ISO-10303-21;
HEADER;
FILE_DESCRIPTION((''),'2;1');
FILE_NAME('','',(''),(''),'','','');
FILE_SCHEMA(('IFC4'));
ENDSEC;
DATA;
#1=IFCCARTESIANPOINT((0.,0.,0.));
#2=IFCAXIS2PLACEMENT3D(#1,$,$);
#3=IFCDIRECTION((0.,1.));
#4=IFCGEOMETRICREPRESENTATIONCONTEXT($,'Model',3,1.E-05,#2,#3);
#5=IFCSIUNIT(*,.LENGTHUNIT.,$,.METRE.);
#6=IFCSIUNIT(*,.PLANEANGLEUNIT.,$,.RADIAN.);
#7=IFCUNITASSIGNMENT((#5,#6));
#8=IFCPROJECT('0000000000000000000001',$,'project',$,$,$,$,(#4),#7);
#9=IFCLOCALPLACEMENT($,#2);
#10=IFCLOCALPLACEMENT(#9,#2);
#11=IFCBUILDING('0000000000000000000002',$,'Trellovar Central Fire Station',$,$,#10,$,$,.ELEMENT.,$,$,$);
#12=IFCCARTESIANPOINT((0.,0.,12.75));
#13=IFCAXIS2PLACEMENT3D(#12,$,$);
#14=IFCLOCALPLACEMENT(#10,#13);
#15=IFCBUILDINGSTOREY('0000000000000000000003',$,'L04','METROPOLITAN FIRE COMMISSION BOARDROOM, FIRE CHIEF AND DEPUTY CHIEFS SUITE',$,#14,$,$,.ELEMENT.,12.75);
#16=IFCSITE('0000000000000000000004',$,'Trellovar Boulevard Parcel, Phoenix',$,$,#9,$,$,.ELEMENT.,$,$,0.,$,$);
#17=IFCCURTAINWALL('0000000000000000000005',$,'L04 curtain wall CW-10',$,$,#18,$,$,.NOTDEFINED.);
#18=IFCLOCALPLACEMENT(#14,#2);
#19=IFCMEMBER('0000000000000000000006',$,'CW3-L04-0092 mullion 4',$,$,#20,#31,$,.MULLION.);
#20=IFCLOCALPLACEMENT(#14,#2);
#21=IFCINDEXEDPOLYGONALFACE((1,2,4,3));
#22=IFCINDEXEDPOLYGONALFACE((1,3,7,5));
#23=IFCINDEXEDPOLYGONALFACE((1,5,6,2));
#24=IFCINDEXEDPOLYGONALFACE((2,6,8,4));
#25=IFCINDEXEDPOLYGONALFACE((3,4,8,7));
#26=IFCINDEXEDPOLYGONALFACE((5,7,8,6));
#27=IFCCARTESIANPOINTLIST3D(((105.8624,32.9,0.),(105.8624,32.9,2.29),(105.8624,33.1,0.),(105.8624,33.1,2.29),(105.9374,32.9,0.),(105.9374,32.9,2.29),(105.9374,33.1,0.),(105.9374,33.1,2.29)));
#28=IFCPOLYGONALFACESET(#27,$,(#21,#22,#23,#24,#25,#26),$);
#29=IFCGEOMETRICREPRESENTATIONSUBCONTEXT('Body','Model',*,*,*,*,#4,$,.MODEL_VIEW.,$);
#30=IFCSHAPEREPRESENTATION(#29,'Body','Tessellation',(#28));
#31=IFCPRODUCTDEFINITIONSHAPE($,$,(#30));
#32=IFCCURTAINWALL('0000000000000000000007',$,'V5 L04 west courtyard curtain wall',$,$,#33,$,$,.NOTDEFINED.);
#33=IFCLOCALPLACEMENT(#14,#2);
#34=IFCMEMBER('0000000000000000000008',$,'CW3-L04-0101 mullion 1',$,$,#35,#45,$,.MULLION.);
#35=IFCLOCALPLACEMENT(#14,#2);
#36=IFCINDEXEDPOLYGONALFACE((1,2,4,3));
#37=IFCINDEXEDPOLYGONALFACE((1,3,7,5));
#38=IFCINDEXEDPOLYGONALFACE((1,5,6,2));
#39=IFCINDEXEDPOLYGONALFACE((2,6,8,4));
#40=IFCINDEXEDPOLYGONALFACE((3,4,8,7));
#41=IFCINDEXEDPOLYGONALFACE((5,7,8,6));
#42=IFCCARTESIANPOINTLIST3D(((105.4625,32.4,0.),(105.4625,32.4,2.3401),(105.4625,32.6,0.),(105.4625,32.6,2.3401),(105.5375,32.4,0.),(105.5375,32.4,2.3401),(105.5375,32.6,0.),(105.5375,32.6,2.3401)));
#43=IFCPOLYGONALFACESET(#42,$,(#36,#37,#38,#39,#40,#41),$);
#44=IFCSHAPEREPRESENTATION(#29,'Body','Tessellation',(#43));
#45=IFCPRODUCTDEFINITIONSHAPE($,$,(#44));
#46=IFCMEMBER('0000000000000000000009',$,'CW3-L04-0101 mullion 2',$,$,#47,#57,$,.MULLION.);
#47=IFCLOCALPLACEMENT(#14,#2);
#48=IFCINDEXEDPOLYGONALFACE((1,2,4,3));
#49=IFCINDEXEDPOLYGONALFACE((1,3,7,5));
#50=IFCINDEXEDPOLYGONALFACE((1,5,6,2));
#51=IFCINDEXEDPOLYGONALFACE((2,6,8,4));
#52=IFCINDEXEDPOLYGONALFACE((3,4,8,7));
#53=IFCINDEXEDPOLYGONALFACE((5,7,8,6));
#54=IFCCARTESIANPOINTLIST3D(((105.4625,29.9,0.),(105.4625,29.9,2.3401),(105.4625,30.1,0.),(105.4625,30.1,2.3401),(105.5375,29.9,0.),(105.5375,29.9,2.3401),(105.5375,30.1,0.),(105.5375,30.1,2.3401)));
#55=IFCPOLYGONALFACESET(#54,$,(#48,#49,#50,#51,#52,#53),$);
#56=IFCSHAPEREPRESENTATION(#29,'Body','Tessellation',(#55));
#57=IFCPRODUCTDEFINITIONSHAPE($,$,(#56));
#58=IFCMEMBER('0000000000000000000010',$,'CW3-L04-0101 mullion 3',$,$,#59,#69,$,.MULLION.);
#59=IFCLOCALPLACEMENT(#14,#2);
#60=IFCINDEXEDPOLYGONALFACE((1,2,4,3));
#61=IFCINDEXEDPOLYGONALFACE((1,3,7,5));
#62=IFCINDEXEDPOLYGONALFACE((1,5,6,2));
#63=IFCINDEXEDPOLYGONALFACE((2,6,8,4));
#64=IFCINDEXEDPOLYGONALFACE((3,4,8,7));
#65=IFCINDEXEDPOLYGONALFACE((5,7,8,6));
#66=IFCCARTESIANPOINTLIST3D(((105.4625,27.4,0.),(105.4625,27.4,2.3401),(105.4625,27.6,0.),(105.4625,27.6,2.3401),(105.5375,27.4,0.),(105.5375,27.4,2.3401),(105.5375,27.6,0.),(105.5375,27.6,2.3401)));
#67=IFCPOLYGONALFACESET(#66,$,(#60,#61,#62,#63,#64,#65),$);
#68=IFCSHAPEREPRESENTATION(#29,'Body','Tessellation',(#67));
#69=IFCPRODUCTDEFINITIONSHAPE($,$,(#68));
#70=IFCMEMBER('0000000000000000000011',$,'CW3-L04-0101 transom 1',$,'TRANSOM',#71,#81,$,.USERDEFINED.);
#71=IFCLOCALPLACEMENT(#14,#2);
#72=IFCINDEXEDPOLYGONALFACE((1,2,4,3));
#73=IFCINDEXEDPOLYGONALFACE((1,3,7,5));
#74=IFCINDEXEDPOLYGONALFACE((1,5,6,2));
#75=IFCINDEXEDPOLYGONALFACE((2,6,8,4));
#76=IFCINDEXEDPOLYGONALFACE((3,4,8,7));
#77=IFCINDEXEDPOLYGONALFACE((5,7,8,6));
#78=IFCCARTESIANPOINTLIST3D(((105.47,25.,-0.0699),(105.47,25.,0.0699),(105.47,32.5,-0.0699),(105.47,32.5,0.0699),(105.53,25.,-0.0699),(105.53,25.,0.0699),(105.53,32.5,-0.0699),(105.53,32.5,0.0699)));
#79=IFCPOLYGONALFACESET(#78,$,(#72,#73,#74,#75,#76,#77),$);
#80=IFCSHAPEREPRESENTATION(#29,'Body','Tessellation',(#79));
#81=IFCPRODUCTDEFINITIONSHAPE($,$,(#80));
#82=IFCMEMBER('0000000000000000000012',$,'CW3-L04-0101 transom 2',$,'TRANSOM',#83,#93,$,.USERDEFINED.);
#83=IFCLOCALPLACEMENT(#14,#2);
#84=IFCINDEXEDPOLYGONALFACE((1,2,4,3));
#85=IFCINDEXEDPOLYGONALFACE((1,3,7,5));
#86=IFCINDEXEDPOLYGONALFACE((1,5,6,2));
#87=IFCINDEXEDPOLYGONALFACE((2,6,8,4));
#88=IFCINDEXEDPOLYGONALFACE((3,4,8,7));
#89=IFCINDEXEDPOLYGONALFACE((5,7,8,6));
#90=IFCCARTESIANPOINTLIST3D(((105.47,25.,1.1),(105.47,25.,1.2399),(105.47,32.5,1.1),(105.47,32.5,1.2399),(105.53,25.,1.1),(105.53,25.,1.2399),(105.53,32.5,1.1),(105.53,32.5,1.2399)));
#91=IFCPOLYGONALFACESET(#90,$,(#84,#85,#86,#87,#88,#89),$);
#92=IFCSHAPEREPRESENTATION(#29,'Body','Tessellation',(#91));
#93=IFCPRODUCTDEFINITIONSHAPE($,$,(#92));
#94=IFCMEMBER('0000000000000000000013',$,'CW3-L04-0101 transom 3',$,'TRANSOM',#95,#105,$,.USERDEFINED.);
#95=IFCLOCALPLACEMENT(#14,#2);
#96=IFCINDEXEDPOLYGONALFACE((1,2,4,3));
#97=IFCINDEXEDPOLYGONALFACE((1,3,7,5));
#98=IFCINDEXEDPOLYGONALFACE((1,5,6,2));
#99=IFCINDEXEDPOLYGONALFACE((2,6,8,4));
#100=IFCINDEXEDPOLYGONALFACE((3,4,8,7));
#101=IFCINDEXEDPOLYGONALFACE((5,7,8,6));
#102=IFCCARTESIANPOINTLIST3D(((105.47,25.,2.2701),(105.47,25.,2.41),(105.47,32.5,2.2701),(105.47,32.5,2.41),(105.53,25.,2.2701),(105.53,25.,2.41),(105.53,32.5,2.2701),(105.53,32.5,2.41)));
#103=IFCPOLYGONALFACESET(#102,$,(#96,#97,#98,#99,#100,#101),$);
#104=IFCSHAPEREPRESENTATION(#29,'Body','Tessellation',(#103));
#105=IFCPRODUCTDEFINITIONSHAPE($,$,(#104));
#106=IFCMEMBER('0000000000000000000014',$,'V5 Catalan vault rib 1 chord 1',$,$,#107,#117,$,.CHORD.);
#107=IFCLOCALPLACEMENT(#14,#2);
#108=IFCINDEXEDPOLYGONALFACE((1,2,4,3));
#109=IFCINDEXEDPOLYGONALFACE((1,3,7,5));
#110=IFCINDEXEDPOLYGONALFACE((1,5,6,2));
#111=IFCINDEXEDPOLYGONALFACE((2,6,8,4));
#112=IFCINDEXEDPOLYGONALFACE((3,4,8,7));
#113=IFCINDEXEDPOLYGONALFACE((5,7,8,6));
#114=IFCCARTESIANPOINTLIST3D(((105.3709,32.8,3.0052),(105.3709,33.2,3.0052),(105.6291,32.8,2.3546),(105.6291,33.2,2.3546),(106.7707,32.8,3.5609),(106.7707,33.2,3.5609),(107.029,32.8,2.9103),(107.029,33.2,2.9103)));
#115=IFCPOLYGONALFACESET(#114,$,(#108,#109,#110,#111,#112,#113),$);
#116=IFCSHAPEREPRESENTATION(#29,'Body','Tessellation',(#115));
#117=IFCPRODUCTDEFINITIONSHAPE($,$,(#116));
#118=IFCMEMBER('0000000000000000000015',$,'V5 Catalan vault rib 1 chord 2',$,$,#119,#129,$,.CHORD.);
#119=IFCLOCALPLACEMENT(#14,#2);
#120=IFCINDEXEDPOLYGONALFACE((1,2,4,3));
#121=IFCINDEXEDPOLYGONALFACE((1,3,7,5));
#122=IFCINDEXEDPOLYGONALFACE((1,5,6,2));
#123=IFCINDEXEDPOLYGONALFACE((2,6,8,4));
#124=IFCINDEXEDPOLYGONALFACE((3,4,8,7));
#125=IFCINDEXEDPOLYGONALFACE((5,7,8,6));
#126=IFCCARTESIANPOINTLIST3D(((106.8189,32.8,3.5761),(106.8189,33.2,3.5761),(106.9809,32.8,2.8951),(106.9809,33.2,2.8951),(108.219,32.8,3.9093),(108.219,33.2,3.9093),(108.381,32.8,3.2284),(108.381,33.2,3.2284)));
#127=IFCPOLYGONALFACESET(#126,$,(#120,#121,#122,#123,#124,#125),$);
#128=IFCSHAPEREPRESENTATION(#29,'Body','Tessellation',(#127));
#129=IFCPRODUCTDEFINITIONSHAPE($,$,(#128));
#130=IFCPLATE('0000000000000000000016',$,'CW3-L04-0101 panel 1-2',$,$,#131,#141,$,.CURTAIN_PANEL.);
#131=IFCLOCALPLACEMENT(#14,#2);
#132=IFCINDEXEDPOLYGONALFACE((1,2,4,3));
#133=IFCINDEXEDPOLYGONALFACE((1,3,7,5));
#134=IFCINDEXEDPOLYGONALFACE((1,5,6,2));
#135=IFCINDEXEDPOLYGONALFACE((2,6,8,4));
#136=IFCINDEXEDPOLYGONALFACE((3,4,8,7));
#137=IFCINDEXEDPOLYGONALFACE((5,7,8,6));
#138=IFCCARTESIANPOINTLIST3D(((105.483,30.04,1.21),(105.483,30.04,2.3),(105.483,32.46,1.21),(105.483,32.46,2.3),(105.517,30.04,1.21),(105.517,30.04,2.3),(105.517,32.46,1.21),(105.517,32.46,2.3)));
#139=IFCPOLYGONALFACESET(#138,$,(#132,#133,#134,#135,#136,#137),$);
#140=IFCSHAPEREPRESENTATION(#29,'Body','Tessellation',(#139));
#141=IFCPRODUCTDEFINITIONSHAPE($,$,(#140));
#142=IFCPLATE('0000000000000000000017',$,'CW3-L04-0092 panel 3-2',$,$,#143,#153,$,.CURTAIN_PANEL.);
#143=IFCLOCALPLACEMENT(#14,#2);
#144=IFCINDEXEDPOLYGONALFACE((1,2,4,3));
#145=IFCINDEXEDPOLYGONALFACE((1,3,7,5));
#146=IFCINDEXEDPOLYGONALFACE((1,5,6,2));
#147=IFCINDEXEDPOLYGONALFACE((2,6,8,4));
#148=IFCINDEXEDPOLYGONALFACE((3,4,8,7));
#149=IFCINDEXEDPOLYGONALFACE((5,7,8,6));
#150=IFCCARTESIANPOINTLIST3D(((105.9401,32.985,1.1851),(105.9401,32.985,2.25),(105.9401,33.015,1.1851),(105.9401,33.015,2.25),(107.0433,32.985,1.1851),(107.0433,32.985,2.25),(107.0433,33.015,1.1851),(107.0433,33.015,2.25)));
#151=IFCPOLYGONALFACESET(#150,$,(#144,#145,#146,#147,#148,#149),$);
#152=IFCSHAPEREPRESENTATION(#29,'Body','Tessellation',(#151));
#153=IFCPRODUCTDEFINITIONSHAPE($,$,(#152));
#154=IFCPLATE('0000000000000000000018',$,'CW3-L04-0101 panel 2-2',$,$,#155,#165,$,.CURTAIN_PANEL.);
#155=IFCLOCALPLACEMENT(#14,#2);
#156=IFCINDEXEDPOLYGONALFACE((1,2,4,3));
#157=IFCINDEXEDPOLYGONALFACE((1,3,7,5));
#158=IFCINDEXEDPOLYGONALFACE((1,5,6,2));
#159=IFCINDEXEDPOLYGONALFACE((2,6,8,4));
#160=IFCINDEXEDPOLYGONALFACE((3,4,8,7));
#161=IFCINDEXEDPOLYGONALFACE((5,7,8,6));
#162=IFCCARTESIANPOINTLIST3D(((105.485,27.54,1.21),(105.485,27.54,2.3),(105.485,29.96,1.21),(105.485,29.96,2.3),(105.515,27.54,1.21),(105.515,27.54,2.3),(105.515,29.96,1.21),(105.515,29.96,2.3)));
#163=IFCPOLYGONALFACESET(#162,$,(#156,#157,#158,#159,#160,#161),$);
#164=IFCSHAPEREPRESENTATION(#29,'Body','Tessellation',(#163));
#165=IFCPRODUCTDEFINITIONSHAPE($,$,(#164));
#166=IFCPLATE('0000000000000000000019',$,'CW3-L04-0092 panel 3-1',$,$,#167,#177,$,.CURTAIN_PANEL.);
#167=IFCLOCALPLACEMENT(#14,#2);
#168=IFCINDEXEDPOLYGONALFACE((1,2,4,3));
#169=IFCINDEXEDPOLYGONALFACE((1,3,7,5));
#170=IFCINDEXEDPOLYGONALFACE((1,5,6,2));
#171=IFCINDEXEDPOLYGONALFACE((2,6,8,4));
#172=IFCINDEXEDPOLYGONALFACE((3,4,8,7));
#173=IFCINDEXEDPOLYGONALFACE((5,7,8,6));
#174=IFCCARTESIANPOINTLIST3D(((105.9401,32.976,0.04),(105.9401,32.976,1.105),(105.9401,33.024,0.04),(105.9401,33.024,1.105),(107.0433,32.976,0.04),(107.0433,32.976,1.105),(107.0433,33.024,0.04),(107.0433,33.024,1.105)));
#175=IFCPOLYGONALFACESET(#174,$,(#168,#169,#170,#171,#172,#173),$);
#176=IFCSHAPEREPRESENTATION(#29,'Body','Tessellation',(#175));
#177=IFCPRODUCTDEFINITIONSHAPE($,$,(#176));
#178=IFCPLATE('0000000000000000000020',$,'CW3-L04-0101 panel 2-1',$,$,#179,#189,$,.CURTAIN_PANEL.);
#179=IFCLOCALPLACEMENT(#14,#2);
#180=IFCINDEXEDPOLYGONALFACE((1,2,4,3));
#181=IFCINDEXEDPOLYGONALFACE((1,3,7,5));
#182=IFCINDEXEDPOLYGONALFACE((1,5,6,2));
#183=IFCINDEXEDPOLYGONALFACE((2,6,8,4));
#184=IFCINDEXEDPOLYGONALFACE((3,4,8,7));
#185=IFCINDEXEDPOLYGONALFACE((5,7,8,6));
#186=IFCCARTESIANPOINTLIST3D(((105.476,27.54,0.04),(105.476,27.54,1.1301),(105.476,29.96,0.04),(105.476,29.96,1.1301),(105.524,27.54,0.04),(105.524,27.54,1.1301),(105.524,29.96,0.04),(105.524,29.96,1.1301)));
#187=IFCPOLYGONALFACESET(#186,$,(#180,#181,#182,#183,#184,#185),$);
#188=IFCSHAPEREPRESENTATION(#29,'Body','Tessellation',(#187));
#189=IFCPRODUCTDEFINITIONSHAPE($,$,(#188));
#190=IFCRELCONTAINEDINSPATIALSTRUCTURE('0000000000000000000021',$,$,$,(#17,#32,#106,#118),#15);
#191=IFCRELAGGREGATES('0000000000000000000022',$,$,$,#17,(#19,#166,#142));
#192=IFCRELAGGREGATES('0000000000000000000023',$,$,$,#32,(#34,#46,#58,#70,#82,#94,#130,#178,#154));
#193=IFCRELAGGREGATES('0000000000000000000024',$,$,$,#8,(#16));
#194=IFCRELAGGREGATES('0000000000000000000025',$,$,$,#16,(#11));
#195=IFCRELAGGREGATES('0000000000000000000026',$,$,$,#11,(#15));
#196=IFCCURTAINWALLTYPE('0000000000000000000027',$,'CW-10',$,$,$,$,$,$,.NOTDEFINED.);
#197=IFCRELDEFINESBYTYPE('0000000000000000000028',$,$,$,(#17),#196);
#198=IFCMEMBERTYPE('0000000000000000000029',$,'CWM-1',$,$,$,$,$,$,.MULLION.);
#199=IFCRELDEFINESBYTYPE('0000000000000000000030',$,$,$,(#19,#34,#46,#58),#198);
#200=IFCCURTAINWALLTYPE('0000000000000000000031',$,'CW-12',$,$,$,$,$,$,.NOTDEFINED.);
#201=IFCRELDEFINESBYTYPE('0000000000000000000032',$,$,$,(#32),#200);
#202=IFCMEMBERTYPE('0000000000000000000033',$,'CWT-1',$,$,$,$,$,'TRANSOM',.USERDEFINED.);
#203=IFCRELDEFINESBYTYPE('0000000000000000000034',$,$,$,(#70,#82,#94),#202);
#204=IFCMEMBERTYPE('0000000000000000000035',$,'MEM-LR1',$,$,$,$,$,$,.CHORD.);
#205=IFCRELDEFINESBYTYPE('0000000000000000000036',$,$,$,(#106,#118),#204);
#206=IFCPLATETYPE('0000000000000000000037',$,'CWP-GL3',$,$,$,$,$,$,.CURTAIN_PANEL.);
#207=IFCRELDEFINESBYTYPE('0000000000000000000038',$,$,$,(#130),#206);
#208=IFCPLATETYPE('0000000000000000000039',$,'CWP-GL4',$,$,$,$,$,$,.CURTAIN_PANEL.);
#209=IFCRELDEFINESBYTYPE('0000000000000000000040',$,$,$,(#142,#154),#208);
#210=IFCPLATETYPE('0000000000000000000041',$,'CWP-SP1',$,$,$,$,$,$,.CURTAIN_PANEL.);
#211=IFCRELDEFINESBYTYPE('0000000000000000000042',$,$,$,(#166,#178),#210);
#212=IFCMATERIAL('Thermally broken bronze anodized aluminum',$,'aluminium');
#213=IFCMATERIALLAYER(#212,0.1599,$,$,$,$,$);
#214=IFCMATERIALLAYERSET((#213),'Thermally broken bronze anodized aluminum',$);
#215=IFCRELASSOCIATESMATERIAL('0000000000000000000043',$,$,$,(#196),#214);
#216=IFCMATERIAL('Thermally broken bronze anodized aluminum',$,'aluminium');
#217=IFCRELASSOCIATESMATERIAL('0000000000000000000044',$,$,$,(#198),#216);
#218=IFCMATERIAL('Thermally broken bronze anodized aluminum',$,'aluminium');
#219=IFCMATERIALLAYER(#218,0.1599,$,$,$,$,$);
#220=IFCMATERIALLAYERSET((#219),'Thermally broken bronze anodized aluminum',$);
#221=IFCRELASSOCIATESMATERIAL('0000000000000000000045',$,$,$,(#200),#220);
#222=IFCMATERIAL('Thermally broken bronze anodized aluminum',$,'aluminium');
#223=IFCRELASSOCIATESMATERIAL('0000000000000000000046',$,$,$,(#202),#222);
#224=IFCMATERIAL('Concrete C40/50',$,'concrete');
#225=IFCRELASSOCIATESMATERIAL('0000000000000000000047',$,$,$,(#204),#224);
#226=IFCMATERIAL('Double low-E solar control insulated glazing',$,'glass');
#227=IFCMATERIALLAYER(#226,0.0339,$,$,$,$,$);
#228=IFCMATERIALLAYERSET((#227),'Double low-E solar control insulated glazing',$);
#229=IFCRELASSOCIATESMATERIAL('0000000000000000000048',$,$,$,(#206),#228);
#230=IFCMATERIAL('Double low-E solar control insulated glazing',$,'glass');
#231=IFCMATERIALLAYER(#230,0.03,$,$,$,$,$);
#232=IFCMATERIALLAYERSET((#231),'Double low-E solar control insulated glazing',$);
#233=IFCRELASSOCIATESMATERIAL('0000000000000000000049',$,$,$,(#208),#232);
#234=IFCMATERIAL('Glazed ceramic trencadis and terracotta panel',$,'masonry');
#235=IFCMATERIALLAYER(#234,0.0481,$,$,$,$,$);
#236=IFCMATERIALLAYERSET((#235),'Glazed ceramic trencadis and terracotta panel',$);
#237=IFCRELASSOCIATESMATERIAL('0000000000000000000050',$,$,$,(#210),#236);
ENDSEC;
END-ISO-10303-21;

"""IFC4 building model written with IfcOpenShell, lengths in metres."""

from ifc_helpers import new_model, si_unit, direction, frame, origin, origin_2d, place, context, subcontext, project, spatial, rectangle, extrude, material, layer, layer_set, material_profile, profile_set, type_object, element, aggregate, save


model = new_model("IFC4")

# Units and contexts
model_context = context("Model", 3, precision=1e-05, world=origin(), true_north=direction((0.0, 1.0)))
body_context = subcontext(model_context, "Body", "Model", "MODEL_VIEW")
ifc_project = project(units=[si_unit("LENGTHUNIT", "METRE"), si_unit("PLANEANGLEUNIT", "RADIAN")], contexts=[model_context])

# Site, building, storey
site_placement = place(None, origin())
site = spatial("IfcSite", under=ifc_project, at=site_placement, Name="Trellovar Boulevard Parcel, Phoenix", CompositionType="ELEMENT", RefElevation=0.0)
building_placement = place(site_placement, origin())
building = spatial("IfcBuilding", under=site, at=building_placement, Name="Trellovar Central Fire Station", CompositionType="ELEMENT")
storey_placement = place(building_placement, frame((0.0, 0.0, 12.75)))
storey = spatial("IfcBuildingStorey", under=building, at=storey_placement, Name="L04", Description="METROPOLITAN FIRE COMMISSION BOARDROOM, FIRE CHIEF AND DEPUTY CHIEFS SUITE", CompositionType="ELEMENT", Elevation=12.75)

# Curtain wall, member
ifc_material_1 = material(Name="Thermally broken bronze anodized aluminum", Category="aluminium")
ifc_layer_1 = layer(ifc_material_1, 0.1599)
ifc_layer_set_1 = layer_set([ifc_layer_1], Name="Thermally broken bronze anodized aluminum")
curtain_wall_type_1 = type_object("IfcCurtainWallType", Name="CW-10", PredefinedType="NOTDEFINED", material=ifc_layer_set_1)
curtain_wall_1_placement = place(storey_placement, origin())
curtain_wall_1 = element("IfcCurtainWall", 1, at=curtain_wall_1_placement, inside=storey, type_object=curtain_wall_type_1, Name="L04 curtain wall CW-10", PredefinedType="NOTDEFINED")
ifc_material_2 = material(Name="Thermally broken bronze anodized aluminum", Category="aluminium")
ifc_material_profile_1 = material_profile(ifc_material_2, rectangle(XDim=0.075, YDim=0.2, at=origin_2d()), Name="ALU75X200")
ifc_profile_set_1 = profile_set([ifc_material_profile_1], Name="Thermally broken bronze anodized aluminum")
member_type_1 = type_object("IfcMemberType", Name="CWM-1", PredefinedType="MULLION", material=ifc_profile_set_1)
member_1_placement = place(storey_placement, frame((105.8999, 33.0, 0.0), z_axis=(0.0, 0.0, 1.0), x_axis=(1.0, 0.0, 0.0)))
member_1 = element("IfcMember", 2, at=member_1_placement, type_object=member_type_1, Name="CW3-L04-0092 mullion 4", PredefinedType="MULLION", context=body_context, shape_type="SweptSolid", body=[
    extrude(rectangle(XDim=0.075, YDim=0.2, at=origin_2d()), origin(), (0.0, 0.0, 1.0), 2.29),
])

# Curtain wall, members
ifc_material_3 = material(Name="Thermally broken bronze anodized aluminum", Category="aluminium")
ifc_layer_2 = layer(ifc_material_3, 0.1599)
ifc_layer_set_2 = layer_set([ifc_layer_2], Name="Thermally broken bronze anodized aluminum")
curtain_wall_type_2 = type_object("IfcCurtainWallType", Name="CW-12", PredefinedType="NOTDEFINED", material=ifc_layer_set_2)
curtain_wall_2_placement = place(storey_placement, origin())
curtain_wall_2 = element("IfcCurtainWall", 3, at=curtain_wall_2_placement, inside=storey, type_object=curtain_wall_type_2, Name="V5 L04 west courtyard curtain wall", PredefinedType="NOTDEFINED")
member_2_placement = place(storey_placement, frame((105.5, 32.5, 0.0), z_axis=(0.0, 0.0, 1.0), x_axis=(1.0, 0.0, 0.0)))
member_2 = element("IfcMember", 4, at=member_2_placement, type_object=member_type_1, Name="CW3-L04-0101 mullion 1", PredefinedType="MULLION", context=body_context, shape_type="SweptSolid", body=[
    extrude(rectangle(XDim=0.075, YDim=0.2, at=origin_2d()), origin(), (0.0, 0.0, 1.0), 2.3401),
])
member_3_placement = place(storey_placement, frame((105.5, 30.0, 0.0), z_axis=(0.0, 0.0, 1.0), x_axis=(1.0, 0.0, 0.0)))
member_3 = element("IfcMember", 5, at=member_3_placement, type_object=member_type_1, Name="CW3-L04-0101 mullion 2", PredefinedType="MULLION", context=body_context, shape_type="SweptSolid", body=[
    extrude(rectangle(XDim=0.075, YDim=0.2, at=origin_2d()), origin(), (0.0, 0.0, 1.0), 2.3401),
])
member_4_placement = place(storey_placement, frame((105.5, 27.5, 0.0), z_axis=(0.0, 0.0, 1.0), x_axis=(1.0, 0.0, 0.0)))
member_4 = element("IfcMember", 6, at=member_4_placement, type_object=member_type_1, Name="CW3-L04-0101 mullion 3", PredefinedType="MULLION", context=body_context, shape_type="SweptSolid", body=[
    extrude(rectangle(XDim=0.075, YDim=0.2, at=origin_2d()), origin(), (0.0, 0.0, 1.0), 2.3401),
])
ifc_material_4 = material(Name="Thermally broken bronze anodized aluminum", Category="aluminium")
ifc_material_profile_2 = material_profile(ifc_material_4, rectangle(XDim=0.0601, YDim=0.1399, at=origin_2d()), Name="ALU60X140")
ifc_profile_set_2 = profile_set([ifc_material_profile_2], Name="Thermally broken bronze anodized aluminum")
member_type_2 = type_object("IfcMemberType", Name="CWT-1", ElementType="TRANSOM", PredefinedType="USERDEFINED", material=ifc_profile_set_2)
member_5_placement = place(storey_placement, frame((105.5, 32.5, 0.0), z_axis=(0.0, -1.0, 0.0), x_axis=(1.0, 0.0, 0.0)))
member_5 = element("IfcMember", 7, at=member_5_placement, type_object=member_type_2, Name="CW3-L04-0101 transom 1", ObjectType="TRANSOM", PredefinedType="USERDEFINED", context=body_context, shape_type="SweptSolid", body=[
    extrude(rectangle(XDim=0.0601, YDim=0.1399, at=origin_2d()), origin(), (0.0, 0.0, 1.0), 7.5),
])
member_6_placement = place(storey_placement, frame((105.5, 32.5, 1.1699), z_axis=(0.0, -1.0, 0.0), x_axis=(1.0, 0.0, 0.0)))
member_6 = element("IfcMember", 8, at=member_6_placement, type_object=member_type_2, Name="CW3-L04-0101 transom 2", ObjectType="TRANSOM", PredefinedType="USERDEFINED", context=body_context, shape_type="SweptSolid", body=[
    extrude(rectangle(XDim=0.0601, YDim=0.1399, at=origin_2d()), origin(), (0.0, 0.0, 1.0), 7.5),
])
member_7_placement = place(storey_placement, frame((105.5, 32.5, 2.3401), z_axis=(0.0, -1.0, 0.0), x_axis=(1.0, 0.0, 0.0)))
member_7 = element("IfcMember", 9, at=member_7_placement, type_object=member_type_2, Name="CW3-L04-0101 transom 3", ObjectType="TRANSOM", PredefinedType="USERDEFINED", context=body_context, shape_type="SweptSolid", body=[
    extrude(rectangle(XDim=0.0601, YDim=0.1399, at=origin_2d()), origin(), (0.0, 0.0, 1.0), 7.5),
])

# Members
ifc_material_5 = material(Name="Concrete C40/50", Category="concrete")
ifc_material_profile_3 = material_profile(ifc_material_5, rectangle(XDim=0.3999, YDim=0.7, at=origin_2d()), Name="RC400X700")
ifc_profile_set_3 = profile_set([ifc_material_profile_3], Name="Concrete C40/50")
member_type_3 = type_object("IfcMemberType", Name="MEM-LR1", PredefinedType="CHORD", material=ifc_profile_set_3)
member_8_placement = place(storey_placement, frame((105.5, 33.0, 2.6799), z_axis=(0.929457, 0.0, 0.36893), x_axis=(0.0, 1.0, 0.0)))
element("IfcMember", 10, at=member_8_placement, inside=storey, type_object=member_type_3, Name="V5 Catalan vault rib 1 chord 1", PredefinedType="CHORD", context=body_context, shape_type="SweptSolid", body=[
    extrude(rectangle(XDim=0.3999, YDim=0.7, at=origin_2d()), origin(), (0.0, 0.0, 1.0), 1.5061),
])
member_9_placement = place(storey_placement, frame((106.8999, 33.0, 3.2356), z_axis=(0.972824, 0.0, 0.231544), x_axis=(0.0, 1.0, 0.0)))
element("IfcMember", 11, at=member_9_placement, inside=storey, type_object=member_type_3, Name="V5 Catalan vault rib 1 chord 2", PredefinedType="CHORD", context=body_context, shape_type="SweptSolid", body=[
    extrude(rectangle(XDim=0.3999, YDim=0.7, at=origin_2d()), origin(), (0.0, 0.0, 1.0), 1.4392),
])

# Plates
ifc_material_6 = material(Name="Double low-E solar control insulated glazing", Category="glass")
ifc_layer_3 = layer(ifc_material_6, 0.0339)
ifc_layer_set_3 = layer_set([ifc_layer_3], Name="Double low-E solar control insulated glazing")
plate_type_1 = type_object("IfcPlateType", Name="CWP-GL3", PredefinedType="CURTAIN_PANEL", material=ifc_layer_set_3)
plate_1_placement = place(storey_placement, frame((105.5, 31.25, 1.21), z_axis=(0.0, 0.0, 1.0), x_axis=(0.0, -1.0, 0.0)))
plate_1 = element("IfcPlate", 12, at=plate_1_placement, type_object=plate_type_1, Name="CW3-L04-0101 panel 1-2", PredefinedType="CURTAIN_PANEL", context=body_context, shape_type="SweptSolid", body=[
    extrude(rectangle(XDim=2.4199, YDim=0.0339, at=origin_2d()), origin(), (0.0, 0.0, 1.0), 1.0901),
])
ifc_material_7 = material(Name="Double low-E solar control insulated glazing", Category="glass")
ifc_layer_4 = layer(ifc_material_7, 0.03)
ifc_layer_set_4 = layer_set([ifc_layer_4], Name="Double low-E solar control insulated glazing")
plate_type_2 = type_object("IfcPlateType", Name="CWP-GL4", PredefinedType="CURTAIN_PANEL", material=ifc_layer_set_4)
plate_2_placement = place(storey_placement, frame((106.4917, 33.0, 1.1851), z_axis=(0.0, 0.0, 1.0), x_axis=(-1.0, 0.0, 0.0)))
plate_2 = element("IfcPlate", 13, at=plate_2_placement, type_object=plate_type_2, Name="CW3-L04-0092 panel 3-2", PredefinedType="CURTAIN_PANEL", context=body_context, shape_type="SweptSolid", body=[
    extrude(rectangle(XDim=1.1033, YDim=0.03, at=origin_2d()), origin(), (0.0, 0.0, 1.0), 1.0649),
])
plate_3_placement = place(storey_placement, frame((105.5, 28.75, 1.21), z_axis=(0.0, 0.0, 1.0), x_axis=(0.0, -1.0, 0.0)))
plate_3 = element("IfcPlate", 14, at=plate_3_placement, type_object=plate_type_2, Name="CW3-L04-0101 panel 2-2", PredefinedType="CURTAIN_PANEL", context=body_context, shape_type="SweptSolid", body=[
    extrude(rectangle(XDim=2.4199, YDim=0.03, at=origin_2d()), origin(), (0.0, 0.0, 1.0), 1.0901),
])
ifc_material_8 = material(Name="Glazed ceramic trencadis and terracotta panel", Category="masonry")
ifc_layer_5 = layer(ifc_material_8, 0.0481)
ifc_layer_set_5 = layer_set([ifc_layer_5], Name="Glazed ceramic trencadis and terracotta panel")
plate_type_3 = type_object("IfcPlateType", Name="CWP-SP1", PredefinedType="CURTAIN_PANEL", material=ifc_layer_set_5)
plate_4_placement = place(storey_placement, frame((106.4917, 33.0, 0.04), z_axis=(0.0, 0.0, 1.0), x_axis=(-1.0, 0.0, 0.0)))
plate_4 = element("IfcPlate", 15, at=plate_4_placement, type_object=plate_type_3, Name="CW3-L04-0092 panel 3-1", PredefinedType="CURTAIN_PANEL", context=body_context, shape_type="SweptSolid", body=[
    extrude(rectangle(XDim=1.1033, YDim=0.0481, at=origin_2d()), origin(), (0.0, 0.0, 1.0), 1.0649),
])
aggregate(curtain_wall_1, [member_1, plate_4, plate_2])
plate_5_placement = place(storey_placement, frame((105.5, 28.75, 0.04), z_axis=(0.0, 0.0, 1.0), x_axis=(0.0, -1.0, 0.0)))
plate_5 = element("IfcPlate", 16, at=plate_5_placement, type_object=plate_type_3, Name="CW3-L04-0101 panel 2-1", PredefinedType="CURTAIN_PANEL", context=body_context, shape_type="SweptSolid", body=[
    extrude(rectangle(XDim=2.4199, YDim=0.0481, at=origin_2d()), origin(), (0.0, 0.0, 1.0), 1.0901),
])
aggregate(curtain_wall_2, [member_2, member_3, member_4, member_5, member_6, member_7, plate_1, plate_5, plate_3])

save(model, "model.ifc")
